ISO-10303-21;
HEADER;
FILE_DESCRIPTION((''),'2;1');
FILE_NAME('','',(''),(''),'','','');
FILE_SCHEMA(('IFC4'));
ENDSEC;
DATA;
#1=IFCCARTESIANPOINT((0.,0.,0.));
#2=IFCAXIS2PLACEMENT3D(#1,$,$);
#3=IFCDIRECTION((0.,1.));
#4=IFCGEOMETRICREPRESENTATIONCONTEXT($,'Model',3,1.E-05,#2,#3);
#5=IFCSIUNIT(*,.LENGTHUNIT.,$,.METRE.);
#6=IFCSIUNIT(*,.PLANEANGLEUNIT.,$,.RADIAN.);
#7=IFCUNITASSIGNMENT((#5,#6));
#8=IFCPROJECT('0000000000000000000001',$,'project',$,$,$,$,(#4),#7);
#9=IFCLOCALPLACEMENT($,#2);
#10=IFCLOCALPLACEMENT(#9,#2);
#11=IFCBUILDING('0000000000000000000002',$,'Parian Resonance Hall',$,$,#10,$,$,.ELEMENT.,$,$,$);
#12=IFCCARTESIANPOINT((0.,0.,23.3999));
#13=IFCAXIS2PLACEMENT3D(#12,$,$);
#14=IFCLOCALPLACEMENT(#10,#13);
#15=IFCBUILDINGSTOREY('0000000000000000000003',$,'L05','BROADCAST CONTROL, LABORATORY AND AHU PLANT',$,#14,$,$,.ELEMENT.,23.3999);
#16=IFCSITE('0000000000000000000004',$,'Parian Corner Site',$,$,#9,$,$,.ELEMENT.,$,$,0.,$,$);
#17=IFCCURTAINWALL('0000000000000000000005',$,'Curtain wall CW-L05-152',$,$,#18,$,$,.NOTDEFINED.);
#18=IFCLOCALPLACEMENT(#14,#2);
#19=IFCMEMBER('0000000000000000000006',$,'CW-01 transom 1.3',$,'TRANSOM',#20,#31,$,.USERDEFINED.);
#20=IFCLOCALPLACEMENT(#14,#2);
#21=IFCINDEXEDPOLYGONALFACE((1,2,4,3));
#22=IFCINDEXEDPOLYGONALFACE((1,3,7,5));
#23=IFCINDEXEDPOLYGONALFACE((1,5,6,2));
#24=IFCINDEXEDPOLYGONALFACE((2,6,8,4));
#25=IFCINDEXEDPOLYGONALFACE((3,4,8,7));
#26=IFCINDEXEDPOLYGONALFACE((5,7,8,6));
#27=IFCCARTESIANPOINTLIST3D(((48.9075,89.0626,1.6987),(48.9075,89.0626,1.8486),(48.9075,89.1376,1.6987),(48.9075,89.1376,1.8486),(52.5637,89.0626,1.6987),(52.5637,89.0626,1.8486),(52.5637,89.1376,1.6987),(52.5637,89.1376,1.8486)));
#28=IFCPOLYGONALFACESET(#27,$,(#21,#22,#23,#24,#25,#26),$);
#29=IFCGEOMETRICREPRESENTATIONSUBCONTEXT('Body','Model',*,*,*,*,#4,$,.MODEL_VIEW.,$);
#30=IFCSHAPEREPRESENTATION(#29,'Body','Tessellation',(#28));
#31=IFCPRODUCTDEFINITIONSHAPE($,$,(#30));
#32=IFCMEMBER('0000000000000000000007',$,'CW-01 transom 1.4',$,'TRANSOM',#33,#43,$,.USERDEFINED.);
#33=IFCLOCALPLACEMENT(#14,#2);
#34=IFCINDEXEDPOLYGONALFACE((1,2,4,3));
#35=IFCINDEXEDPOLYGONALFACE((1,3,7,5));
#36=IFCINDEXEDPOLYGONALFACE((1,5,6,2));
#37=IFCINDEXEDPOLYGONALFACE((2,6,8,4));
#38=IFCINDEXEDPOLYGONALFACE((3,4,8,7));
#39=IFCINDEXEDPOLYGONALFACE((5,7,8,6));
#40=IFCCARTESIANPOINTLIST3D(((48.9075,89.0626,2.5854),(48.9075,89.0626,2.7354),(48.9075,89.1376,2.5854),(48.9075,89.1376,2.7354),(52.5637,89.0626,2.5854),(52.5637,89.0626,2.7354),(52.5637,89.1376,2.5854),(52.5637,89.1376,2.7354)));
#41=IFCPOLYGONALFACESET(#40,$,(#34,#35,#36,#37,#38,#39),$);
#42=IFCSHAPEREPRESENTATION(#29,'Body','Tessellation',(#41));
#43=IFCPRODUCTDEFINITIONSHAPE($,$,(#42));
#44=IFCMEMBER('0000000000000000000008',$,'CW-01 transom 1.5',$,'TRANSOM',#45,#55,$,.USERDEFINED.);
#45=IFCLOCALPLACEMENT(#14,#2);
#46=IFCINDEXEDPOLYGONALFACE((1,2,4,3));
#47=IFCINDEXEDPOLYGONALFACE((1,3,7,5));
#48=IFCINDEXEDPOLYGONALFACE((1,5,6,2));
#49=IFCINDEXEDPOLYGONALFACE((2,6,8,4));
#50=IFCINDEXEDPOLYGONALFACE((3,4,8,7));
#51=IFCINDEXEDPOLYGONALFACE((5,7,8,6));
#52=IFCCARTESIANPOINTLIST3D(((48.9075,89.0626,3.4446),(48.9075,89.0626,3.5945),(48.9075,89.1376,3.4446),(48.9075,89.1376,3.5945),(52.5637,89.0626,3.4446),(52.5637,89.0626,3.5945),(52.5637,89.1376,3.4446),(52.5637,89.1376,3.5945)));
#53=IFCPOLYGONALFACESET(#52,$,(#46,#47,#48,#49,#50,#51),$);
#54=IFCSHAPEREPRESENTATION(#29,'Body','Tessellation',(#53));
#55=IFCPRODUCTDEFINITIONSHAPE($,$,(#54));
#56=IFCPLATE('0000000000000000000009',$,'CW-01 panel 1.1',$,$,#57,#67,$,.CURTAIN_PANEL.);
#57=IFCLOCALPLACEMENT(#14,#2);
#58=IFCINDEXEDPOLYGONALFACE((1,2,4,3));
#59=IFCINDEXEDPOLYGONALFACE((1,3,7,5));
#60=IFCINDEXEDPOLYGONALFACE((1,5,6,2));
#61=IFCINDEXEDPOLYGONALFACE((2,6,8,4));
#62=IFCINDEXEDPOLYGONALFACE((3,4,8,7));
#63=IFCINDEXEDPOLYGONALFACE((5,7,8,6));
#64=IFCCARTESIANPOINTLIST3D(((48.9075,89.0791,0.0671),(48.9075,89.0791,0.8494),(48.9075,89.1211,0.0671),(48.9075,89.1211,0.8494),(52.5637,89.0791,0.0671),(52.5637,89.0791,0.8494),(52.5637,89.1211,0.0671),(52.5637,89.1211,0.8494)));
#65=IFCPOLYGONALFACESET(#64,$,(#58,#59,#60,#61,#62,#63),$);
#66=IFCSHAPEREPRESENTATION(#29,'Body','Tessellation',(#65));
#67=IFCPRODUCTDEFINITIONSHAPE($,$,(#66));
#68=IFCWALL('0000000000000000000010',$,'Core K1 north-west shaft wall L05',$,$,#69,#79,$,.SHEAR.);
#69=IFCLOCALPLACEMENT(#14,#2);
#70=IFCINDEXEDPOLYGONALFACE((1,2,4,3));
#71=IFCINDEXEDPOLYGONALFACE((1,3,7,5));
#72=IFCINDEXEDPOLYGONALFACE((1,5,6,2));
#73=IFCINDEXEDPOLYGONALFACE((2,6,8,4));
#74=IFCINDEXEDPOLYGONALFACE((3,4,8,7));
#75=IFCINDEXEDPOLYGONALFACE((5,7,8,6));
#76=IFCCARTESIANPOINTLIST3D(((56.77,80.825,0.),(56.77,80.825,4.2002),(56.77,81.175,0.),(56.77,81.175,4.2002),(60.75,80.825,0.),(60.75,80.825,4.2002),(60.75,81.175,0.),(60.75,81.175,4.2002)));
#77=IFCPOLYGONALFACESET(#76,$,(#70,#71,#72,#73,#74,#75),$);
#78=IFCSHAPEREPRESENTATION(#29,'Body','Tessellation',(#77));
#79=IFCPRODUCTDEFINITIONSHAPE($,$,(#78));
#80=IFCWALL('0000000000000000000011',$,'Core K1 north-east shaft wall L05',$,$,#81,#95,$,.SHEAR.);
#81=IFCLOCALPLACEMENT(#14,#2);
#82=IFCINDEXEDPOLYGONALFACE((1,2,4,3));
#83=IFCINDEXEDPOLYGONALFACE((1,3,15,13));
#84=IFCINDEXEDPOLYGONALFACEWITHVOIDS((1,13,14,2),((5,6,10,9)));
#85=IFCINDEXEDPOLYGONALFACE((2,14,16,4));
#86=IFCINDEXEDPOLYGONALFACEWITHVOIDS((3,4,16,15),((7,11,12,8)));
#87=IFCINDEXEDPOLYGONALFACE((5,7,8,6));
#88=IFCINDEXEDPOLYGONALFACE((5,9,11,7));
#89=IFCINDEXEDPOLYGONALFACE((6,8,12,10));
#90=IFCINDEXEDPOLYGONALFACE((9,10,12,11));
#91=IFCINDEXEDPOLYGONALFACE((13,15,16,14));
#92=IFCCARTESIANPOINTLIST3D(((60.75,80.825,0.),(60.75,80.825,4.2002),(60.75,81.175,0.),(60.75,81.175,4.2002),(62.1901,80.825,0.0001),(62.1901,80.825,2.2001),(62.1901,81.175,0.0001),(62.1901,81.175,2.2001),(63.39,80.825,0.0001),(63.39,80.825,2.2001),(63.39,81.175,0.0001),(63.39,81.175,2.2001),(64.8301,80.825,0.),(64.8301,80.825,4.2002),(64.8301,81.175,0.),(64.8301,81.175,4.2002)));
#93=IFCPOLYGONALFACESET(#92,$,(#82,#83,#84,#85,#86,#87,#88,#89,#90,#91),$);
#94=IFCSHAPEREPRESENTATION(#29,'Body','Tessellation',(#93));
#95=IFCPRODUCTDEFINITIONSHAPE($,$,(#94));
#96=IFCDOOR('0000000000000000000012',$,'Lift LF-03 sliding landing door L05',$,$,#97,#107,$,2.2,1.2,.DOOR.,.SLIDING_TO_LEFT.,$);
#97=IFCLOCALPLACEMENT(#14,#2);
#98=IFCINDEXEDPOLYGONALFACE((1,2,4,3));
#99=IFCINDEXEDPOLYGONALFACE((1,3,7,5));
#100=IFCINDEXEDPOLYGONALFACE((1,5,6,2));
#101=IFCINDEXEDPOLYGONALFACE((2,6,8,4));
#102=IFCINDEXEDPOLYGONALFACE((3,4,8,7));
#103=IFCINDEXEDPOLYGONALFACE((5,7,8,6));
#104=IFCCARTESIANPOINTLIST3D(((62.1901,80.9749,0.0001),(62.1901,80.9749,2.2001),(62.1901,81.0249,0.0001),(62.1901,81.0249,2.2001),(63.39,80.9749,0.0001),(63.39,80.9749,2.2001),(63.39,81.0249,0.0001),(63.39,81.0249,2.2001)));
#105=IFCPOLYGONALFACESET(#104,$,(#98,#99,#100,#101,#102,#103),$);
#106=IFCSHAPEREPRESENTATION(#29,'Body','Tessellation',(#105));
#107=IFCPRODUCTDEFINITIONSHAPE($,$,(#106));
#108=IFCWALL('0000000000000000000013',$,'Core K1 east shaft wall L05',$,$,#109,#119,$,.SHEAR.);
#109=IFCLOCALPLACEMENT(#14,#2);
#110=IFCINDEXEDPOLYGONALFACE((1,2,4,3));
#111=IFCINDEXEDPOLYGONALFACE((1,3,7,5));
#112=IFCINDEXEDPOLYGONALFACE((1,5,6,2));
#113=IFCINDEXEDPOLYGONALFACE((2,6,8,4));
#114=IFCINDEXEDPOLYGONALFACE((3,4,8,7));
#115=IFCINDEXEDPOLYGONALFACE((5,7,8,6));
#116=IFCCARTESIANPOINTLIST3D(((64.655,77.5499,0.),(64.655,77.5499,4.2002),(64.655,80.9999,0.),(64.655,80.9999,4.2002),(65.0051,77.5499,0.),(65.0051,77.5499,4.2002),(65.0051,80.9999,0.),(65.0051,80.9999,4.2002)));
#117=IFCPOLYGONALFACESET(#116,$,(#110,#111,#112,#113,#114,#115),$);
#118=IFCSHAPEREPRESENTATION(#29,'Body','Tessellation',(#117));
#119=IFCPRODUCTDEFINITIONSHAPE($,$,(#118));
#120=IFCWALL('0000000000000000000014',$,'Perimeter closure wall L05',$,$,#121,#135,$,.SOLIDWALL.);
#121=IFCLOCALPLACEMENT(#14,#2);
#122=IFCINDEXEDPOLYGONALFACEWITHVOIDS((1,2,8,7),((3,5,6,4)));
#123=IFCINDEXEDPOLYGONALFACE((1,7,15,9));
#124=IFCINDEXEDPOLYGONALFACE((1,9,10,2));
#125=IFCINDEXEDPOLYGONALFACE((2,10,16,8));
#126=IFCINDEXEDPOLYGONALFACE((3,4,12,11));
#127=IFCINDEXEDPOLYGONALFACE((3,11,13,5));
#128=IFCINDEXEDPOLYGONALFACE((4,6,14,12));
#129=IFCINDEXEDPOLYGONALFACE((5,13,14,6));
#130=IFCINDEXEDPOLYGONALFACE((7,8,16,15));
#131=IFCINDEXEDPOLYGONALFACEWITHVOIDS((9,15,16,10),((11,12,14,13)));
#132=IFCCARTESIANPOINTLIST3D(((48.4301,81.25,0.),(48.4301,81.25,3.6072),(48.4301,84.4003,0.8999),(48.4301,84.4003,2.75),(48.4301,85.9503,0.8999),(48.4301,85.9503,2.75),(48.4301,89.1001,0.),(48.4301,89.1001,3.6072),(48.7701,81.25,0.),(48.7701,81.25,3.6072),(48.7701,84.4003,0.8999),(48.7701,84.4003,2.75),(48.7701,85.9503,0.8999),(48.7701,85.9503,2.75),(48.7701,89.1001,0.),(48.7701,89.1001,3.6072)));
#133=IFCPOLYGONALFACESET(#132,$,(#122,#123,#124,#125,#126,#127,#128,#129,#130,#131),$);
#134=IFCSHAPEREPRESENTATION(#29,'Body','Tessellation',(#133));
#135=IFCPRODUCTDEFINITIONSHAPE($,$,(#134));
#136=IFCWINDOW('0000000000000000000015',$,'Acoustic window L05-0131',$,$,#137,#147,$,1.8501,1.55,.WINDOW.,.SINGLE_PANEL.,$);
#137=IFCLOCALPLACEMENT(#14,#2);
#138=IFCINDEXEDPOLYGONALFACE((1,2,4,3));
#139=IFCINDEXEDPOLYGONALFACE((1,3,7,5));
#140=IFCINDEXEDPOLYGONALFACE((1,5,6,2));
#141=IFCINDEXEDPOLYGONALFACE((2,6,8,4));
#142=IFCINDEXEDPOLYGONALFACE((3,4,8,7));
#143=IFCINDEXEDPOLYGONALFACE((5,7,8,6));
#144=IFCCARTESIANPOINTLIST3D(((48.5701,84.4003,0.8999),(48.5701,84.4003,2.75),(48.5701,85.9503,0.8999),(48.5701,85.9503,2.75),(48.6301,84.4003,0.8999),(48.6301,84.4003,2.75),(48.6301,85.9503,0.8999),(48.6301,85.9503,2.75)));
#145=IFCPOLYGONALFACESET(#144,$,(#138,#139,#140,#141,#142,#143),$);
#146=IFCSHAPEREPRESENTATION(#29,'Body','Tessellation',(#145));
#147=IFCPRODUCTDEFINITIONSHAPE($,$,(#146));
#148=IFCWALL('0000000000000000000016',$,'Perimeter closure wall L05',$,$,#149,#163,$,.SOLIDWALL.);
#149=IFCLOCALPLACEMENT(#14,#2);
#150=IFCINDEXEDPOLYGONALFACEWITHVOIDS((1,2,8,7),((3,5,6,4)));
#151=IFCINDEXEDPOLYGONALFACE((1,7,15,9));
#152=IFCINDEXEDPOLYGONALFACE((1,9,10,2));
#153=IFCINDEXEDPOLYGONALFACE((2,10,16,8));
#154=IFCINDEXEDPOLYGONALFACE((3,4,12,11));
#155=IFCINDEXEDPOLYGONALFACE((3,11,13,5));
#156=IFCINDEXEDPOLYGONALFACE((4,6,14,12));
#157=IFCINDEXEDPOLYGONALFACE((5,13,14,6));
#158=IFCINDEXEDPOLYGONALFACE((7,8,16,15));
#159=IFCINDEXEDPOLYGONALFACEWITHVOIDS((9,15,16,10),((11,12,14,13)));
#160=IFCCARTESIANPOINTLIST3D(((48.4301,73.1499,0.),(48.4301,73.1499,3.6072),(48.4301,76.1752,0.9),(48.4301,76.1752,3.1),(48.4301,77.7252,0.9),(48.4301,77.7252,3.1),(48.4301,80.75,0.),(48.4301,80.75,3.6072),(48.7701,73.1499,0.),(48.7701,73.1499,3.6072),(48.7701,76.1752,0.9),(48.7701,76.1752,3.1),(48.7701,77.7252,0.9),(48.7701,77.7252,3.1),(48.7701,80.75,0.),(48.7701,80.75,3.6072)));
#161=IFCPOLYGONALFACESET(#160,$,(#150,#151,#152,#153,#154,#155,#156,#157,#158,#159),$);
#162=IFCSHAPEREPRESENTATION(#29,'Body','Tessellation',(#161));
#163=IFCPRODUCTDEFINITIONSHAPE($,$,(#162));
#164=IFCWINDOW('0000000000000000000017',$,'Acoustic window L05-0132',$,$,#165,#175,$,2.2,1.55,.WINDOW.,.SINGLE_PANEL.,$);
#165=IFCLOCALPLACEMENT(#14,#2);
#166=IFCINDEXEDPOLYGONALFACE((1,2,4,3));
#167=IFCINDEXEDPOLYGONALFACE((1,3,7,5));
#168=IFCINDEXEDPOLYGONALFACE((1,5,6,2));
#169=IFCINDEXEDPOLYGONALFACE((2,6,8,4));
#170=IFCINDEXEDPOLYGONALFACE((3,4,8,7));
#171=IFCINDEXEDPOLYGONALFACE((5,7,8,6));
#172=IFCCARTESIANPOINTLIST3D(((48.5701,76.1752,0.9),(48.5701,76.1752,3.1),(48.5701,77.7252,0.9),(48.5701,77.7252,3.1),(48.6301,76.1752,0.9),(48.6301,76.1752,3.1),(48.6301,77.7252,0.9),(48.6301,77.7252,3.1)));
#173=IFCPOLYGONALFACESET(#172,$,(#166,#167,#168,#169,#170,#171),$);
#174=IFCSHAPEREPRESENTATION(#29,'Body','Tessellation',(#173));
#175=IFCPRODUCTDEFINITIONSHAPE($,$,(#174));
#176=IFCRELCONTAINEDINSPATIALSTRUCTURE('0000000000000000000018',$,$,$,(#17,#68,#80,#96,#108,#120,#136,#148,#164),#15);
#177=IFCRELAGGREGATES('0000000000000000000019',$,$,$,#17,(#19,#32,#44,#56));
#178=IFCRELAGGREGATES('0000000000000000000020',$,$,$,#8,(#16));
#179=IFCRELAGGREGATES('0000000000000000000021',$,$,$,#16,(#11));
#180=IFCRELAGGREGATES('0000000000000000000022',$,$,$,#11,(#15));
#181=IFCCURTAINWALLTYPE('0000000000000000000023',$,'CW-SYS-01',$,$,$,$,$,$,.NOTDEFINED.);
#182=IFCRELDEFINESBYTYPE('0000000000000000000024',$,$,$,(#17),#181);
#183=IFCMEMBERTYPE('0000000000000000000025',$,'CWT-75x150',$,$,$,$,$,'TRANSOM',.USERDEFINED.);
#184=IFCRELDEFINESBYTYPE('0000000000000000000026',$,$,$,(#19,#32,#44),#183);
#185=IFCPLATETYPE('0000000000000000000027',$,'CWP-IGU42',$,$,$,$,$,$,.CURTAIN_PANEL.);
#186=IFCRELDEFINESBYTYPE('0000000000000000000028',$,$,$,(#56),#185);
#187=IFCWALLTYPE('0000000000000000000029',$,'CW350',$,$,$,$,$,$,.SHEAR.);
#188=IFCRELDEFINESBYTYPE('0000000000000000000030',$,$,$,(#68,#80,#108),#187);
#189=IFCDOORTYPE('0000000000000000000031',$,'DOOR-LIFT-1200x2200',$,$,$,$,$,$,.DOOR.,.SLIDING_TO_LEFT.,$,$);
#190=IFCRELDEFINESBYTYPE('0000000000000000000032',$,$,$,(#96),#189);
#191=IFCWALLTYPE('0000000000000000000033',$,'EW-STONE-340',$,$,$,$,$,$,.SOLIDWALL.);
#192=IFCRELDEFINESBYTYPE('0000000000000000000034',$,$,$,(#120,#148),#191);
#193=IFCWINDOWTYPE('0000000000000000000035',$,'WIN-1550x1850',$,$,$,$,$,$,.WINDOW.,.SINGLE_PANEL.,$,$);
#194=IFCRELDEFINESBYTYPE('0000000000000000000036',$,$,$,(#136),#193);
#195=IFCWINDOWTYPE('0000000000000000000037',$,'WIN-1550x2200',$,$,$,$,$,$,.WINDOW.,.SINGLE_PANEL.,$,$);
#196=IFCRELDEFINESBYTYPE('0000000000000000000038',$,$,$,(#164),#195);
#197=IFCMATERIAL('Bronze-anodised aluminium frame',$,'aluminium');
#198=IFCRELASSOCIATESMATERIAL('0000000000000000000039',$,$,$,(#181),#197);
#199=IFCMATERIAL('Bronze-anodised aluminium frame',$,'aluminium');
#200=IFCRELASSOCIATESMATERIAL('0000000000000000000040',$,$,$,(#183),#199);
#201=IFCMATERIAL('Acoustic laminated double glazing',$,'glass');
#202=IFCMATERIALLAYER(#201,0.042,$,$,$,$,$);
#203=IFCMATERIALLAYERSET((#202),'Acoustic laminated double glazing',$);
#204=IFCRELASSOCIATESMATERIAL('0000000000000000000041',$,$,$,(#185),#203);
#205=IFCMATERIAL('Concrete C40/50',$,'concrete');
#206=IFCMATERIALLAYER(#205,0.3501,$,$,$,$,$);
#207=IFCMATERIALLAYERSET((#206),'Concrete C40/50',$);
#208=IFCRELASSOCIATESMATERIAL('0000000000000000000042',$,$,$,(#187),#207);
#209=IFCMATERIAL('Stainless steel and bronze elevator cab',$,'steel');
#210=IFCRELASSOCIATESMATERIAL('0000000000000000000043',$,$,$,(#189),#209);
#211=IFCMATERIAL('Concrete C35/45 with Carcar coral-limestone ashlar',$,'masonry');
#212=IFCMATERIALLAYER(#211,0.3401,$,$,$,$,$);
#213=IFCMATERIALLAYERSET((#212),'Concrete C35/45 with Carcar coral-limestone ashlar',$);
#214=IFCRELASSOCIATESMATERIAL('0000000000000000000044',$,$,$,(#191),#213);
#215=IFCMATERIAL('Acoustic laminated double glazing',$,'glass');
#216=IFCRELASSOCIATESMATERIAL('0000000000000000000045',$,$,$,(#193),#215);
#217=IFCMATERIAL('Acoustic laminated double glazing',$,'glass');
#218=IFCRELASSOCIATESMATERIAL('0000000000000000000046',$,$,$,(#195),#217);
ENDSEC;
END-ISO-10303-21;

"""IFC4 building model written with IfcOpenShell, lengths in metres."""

from ifc_helpers import new_model, si_unit, direction, frame, frame_2d, origin, origin_2d, place, context, subcontext, project, spatial, rectangle, extrude, material, layer, layer_set, material_profile, profile_set, type_object, element, fill, aggregate, save


model = new_model("IFC4")

# Units and contexts
model_context = context("Model", 3, precision=1e-05, world=origin(), true_north=direction((0.0, 1.0)))
body_context = subcontext(model_context, "Body", "Model", "MODEL_VIEW")
ifc_project = project(units=[si_unit("LENGTHUNIT", "METRE"), si_unit("PLANEANGLEUNIT", "RADIAN")], contexts=[model_context])

# Site, building, storey
site_placement = place(None, origin())
site = spatial("IfcSite", under=ifc_project, at=site_placement, Name="Parian Corner Site", CompositionType="ELEMENT", RefElevation=0.0)
building_placement = place(site_placement, origin())
building = spatial("IfcBuilding", under=site, at=building_placement, Name="Parian Resonance Hall", CompositionType="ELEMENT")
storey_placement = place(building_placement, frame((0.0, 0.0, 23.3999)))
storey = spatial("IfcBuildingStorey", under=building, at=storey_placement, Name="L05", Description="BROADCAST CONTROL, LABORATORY AND AHU PLANT", CompositionType="ELEMENT", Elevation=23.3999)

# Curtain wall, members, plate
ifc_material_1 = material(Name="Bronze-anodised aluminium frame", Category="aluminium")
curtain_wall_type = type_object("IfcCurtainWallType", Name="CW-SYS-01", PredefinedType="NOTDEFINED", material=ifc_material_1)
curtain_wall_placement = place(storey_placement, origin())
curtain_wall = element("IfcCurtainWall", 1, at=curtain_wall_placement, inside=storey, type_object=curtain_wall_type, Name="Curtain wall CW-L05-152", PredefinedType="NOTDEFINED")
ifc_material_2 = material(Name="Bronze-anodised aluminium frame", Category="aluminium")
ifc_material_profile_1 = material_profile(ifc_material_2, rectangle(XDim=0.075, YDim=0.1499, at=origin_2d()), Name="CWT-75x150")
ifc_profile_set_1 = profile_set([ifc_material_profile_1], Name="Bronze-anodised aluminium frame")
member_type_1 = type_object("IfcMemberType", Name="CWT-75x150", ElementType="TRANSOM", PredefinedType="USERDEFINED", material=ifc_profile_set_1)
member_1_placement = place(storey_placement, frame((48.9075, 89.1001, 1.7737), z_axis=(1.0, 0.0, 0.0), x_axis=(0.0, 1.0, 0.0)))
member_1 = element("IfcMember", 2, at=member_1_placement, type_object=member_type_1, Name="CW-01 transom 1.3", ObjectType="TRANSOM", PredefinedType="USERDEFINED", context=body_context, shape_type="SweptSolid", body=[
    extrude(rectangle(XDim=0.075, YDim=0.1499, at=origin_2d()), origin(), (0.0, 0.0, 1.0), 3.6562),
])
member_2_placement = place(storey_placement, frame((48.9075, 89.1001, 2.6604), z_axis=(1.0, 0.0, 0.0), x_axis=(0.0, 1.0, 0.0)))
member_2 = element("IfcMember", 3, at=member_2_placement, type_object=member_type_1, Name="CW-01 transom 1.4", ObjectType="TRANSOM", PredefinedType="USERDEFINED", context=body_context, shape_type="SweptSolid", body=[
    extrude(rectangle(XDim=0.075, YDim=0.1499, at=origin_2d()), origin(), (0.0, 0.0, 1.0), 3.6562),
])
member_3_placement = place(storey_placement, frame((48.9075, 89.1001, 3.5195), z_axis=(1.0, 0.0, 0.0), x_axis=(0.0, 1.0, 0.0)))
member_3 = element("IfcMember", 4, at=member_3_placement, type_object=member_type_1, Name="CW-01 transom 1.5", ObjectType="TRANSOM", PredefinedType="USERDEFINED", context=body_context, shape_type="SweptSolid", body=[
    extrude(rectangle(XDim=0.075, YDim=0.1499, at=origin_2d()), origin(), (0.0, 0.0, 1.0), 3.6562),
])
ifc_material_3 = material(Name="Acoustic laminated double glazing", Category="glass")
ifc_layer_1 = layer(ifc_material_3, 0.042)
ifc_layer_set_1 = layer_set([ifc_layer_1], Name="Acoustic laminated double glazing")
plate_type = type_object("IfcPlateType", Name="CWP-IGU42", PredefinedType="CURTAIN_PANEL", material=ifc_layer_set_1)
plate_placement = place(storey_placement, frame((50.7356, 89.1001, 0.0671), z_axis=(0.0, 0.0, 1.0), x_axis=(1.0, 0.0, 0.0)))
plate = element("IfcPlate", 5, at=plate_placement, type_object=plate_type, Name="CW-01 panel 1.1", PredefinedType="CURTAIN_PANEL", context=body_context, shape_type="SweptSolid", body=[
    extrude(rectangle(XDim=3.6562, YDim=0.042, at=origin_2d()), origin(), (0.0, 0.0, 1.0), 0.7822),
])
aggregate(curtain_wall, [member_1, member_2, member_3, plate])

# Wall
ifc_material_4 = material(Name="Concrete C40/50", Category="concrete")
ifc_layer_2 = layer(ifc_material_4, 0.3501)
ifc_layer_set_2 = layer_set([ifc_layer_2], Name="Concrete C40/50")
wall_type_1 = type_object("IfcWallType", Name="CW350", PredefinedType="SHEAR", material=ifc_layer_set_2)
wall_1_placement = place(storey_placement, frame((56.77, 81.0, 0.0), z_axis=(0.0, 0.0, 1.0), x_axis=(1.0, 0.0, 0.0)))
element("IfcWall", 6, at=wall_1_placement, inside=storey, type_object=wall_type_1, Name="Core K1 north-west shaft wall L05", PredefinedType="SHEAR", context=body_context, shape_type="SweptSolid", body=[
    extrude(rectangle(XDim=3.98, YDim=0.3501, at=frame_2d((1.99, 0.0))), origin(), (0.0, 0.0, 1.0), 4.2002),
])

# Wall, opening, door
wall_2_placement = place(storey_placement, frame((60.75, 81.0, 0.0), z_axis=(0.0, 0.0, 1.0), x_axis=(1.0, 0.0, 0.0)))
wall_2 = element("IfcWall", 7, at=wall_2_placement, inside=storey, type_object=wall_type_1, Name="Core K1 north-east shaft wall L05", PredefinedType="SHEAR", context=body_context, shape_type="SweptSolid", body=[
    extrude(rectangle(XDim=4.0801, YDim=0.3501, at=frame_2d((2.04, 0.0))), origin(), (0.0, 0.0, 1.0), 4.2002),
])
opening_1_placement = place(wall_2_placement, frame((1.4399, 0.0, 0.0)))
opening_1 = element("IfcOpeningElement", 8, at=opening_1_placement, cuts=wall_2, PredefinedType="OPENING", context=body_context, shape_type="SweptSolid", body=[
    extrude(rectangle(XDim=1.2, YDim=2.2, at=frame_2d((0.6001, 1.1001))), frame((0.0, 0.1851, 0.0), z_axis=(0.0, -1.0, 0.0), x_axis=(1.0, 0.0, 0.0)), (0.0, 0.0, 1.0), 0.3701),
])
ifc_material_5 = material(Name="Stainless steel and bronze elevator cab", Category="steel")
door_type_1 = type_object("IfcDoorType", Name="DOOR-LIFT-1200x2200", OperationType="SLIDING_TO_LEFT", PredefinedType="DOOR", material=ifc_material_5)
door_1_placement = place(opening_1_placement, origin())
door_1 = element("IfcDoor", 9, at=door_1_placement, inside=storey, type_object=door_type_1, Name="Lift LF-03 sliding landing door L05", OperationType="SLIDING_TO_LEFT", OverallHeight=2.2, OverallWidth=1.2, PredefinedType="DOOR", context=body_context, shape_type="SweptSolid", body=[
    extrude(rectangle(XDim=1.2, YDim=2.2, at=frame_2d((0.6001, 1.1001))), frame((0.0, 0.0249, 0.0), z_axis=(0.0, -1.0, 0.0), x_axis=(1.0, 0.0, 0.0)), (0.0, 0.0, 1.0), 0.05),
])
fill(opening_1, door_1)

# Wall
wall_3_placement = place(storey_placement, frame((64.8301, 81.0, 0.0), z_axis=(0.0, 0.0, 1.0), x_axis=(0.0, -1.0, 0.0)))
element("IfcWall", 10, at=wall_3_placement, inside=storey, type_object=wall_type_1, Name="Core K1 east shaft wall L05", PredefinedType="SHEAR", context=body_context, shape_type="SweptSolid", body=[
    extrude(rectangle(XDim=3.45, YDim=0.3501, at=frame_2d((1.7251, 0.0))), origin(), (0.0, 0.0, 1.0), 4.2002),
])

# Walls, openings, windows
ifc_material_6 = material(Name="Concrete C35/45 with Carcar coral-limestone ashlar", Category="masonry")
ifc_layer_3 = layer(ifc_material_6, 0.3401)
ifc_layer_set_3 = layer_set([ifc_layer_3], Name="Concrete C35/45 with Carcar coral-limestone ashlar")
wall_type_2 = type_object("IfcWallType", Name="EW-STONE-340", PredefinedType="SOLIDWALL", material=ifc_layer_set_3)
wall_4_placement = place(storey_placement, frame((48.6001, 89.1001, 0.0), z_axis=(0.0, 0.0, 1.0), x_axis=(0.0, -1.0, 0.0)))
wall_4 = element("IfcWall", 11, at=wall_4_placement, inside=storey, type_object=wall_type_2, Name="Perimeter closure wall L05", PredefinedType="SOLIDWALL", context=body_context, shape_type="SweptSolid", body=[
    extrude(rectangle(XDim=7.8501, YDim=0.3401, at=frame_2d((3.925, 0.0))), origin(), (0.0, 0.0, 1.0), 3.6072),
])
opening_2_placement = place(wall_4_placement, frame((3.1499, 0.0, 0.8999)))
opening_2 = element("IfcOpeningElement", 12, at=opening_2_placement, cuts=wall_4, PredefinedType="OPENING", context=body_context, shape_type="SweptSolid", body=[
    extrude(rectangle(XDim=1.55, YDim=1.8501, at=frame_2d((0.7749, 0.925))), frame((0.0, 0.1799, 0.0), z_axis=(0.0, -1.0, 0.0), x_axis=(1.0, 0.0, 0.0)), (0.0, 0.0, 1.0), 0.3601),
])
ifc_material_7 = material(Name="Acoustic laminated double glazing", Category="glass")
window_type_1 = type_object("IfcWindowType", Name="WIN-1550x1850", PartitioningType="SINGLE_PANEL", PredefinedType="WINDOW", material=ifc_material_7)
window_1_placement = place(opening_2_placement, origin())
window_1 = element("IfcWindow", 13, at=window_1_placement, inside=storey, type_object=window_type_1, Name="Acoustic window L05-0131", OverallHeight=1.8501, OverallWidth=1.55, PartitioningType="SINGLE_PANEL", PredefinedType="WINDOW", context=body_context, shape_type="SweptSolid", body=[
    extrude(rectangle(XDim=1.55, YDim=1.8501, at=frame_2d((0.7749, 0.925))), frame((0.0, 0.03, 0.0), z_axis=(0.0, -1.0, 0.0), x_axis=(1.0, 0.0, 0.0)), (0.0, 0.0, 1.0), 0.0601),
])
fill(opening_2, window_1)
wall_5_placement = place(storey_placement, frame((48.6001, 80.75, 0.0), z_axis=(0.0, 0.0, 1.0), x_axis=(0.0, -1.0, 0.0)))
wall_5 = element("IfcWall", 14, at=wall_5_placement, inside=storey, type_object=wall_type_2, Name="Perimeter closure wall L05", PredefinedType="SOLIDWALL", context=body_context, shape_type="SweptSolid", body=[
    extrude(rectangle(XDim=7.6001, YDim=0.3401, at=frame_2d((3.8, 0.0))), origin(), (0.0, 0.0, 1.0), 3.6072),
])
opening_3_placement = place(wall_5_placement, frame((3.0249, 0.0, 0.8999)))
opening_3 = element("IfcOpeningElement", 15, at=opening_3_placement, cuts=wall_5, PredefinedType="OPENING", context=body_context, shape_type="SweptSolid", body=[
    extrude(rectangle(XDim=1.55, YDim=2.2, at=frame_2d((0.7749, 1.1001))), frame((0.0, 0.1799, 0.0), z_axis=(0.0, -1.0, 0.0), x_axis=(1.0, 0.0, 0.0)), (0.0, 0.0, 1.0), 0.3601),
])
ifc_material_8 = material(Name="Acoustic laminated double glazing", Category="glass")
window_type_2 = type_object("IfcWindowType", Name="WIN-1550x2200", PartitioningType="SINGLE_PANEL", PredefinedType="WINDOW", material=ifc_material_8)
window_2_placement = place(opening_3_placement, origin())
window_2 = element("IfcWindow", 16, at=window_2_placement, inside=storey, type_object=window_type_2, Name="Acoustic window L05-0132", OverallHeight=2.2, OverallWidth=1.55, PartitioningType="SINGLE_PANEL", PredefinedType="WINDOW", context=body_context, shape_type="SweptSolid", body=[
    extrude(rectangle(XDim=1.55, YDim=2.2, at=frame_2d((0.7749, 1.1001))), frame((0.0, 0.03, 0.0), z_axis=(0.0, -1.0, 0.0), x_axis=(1.0, 0.0, 0.0)), (0.0, 0.0, 1.0), 0.0601),
])
fill(opening_3, window_2)

save(model, "model.ifc")
